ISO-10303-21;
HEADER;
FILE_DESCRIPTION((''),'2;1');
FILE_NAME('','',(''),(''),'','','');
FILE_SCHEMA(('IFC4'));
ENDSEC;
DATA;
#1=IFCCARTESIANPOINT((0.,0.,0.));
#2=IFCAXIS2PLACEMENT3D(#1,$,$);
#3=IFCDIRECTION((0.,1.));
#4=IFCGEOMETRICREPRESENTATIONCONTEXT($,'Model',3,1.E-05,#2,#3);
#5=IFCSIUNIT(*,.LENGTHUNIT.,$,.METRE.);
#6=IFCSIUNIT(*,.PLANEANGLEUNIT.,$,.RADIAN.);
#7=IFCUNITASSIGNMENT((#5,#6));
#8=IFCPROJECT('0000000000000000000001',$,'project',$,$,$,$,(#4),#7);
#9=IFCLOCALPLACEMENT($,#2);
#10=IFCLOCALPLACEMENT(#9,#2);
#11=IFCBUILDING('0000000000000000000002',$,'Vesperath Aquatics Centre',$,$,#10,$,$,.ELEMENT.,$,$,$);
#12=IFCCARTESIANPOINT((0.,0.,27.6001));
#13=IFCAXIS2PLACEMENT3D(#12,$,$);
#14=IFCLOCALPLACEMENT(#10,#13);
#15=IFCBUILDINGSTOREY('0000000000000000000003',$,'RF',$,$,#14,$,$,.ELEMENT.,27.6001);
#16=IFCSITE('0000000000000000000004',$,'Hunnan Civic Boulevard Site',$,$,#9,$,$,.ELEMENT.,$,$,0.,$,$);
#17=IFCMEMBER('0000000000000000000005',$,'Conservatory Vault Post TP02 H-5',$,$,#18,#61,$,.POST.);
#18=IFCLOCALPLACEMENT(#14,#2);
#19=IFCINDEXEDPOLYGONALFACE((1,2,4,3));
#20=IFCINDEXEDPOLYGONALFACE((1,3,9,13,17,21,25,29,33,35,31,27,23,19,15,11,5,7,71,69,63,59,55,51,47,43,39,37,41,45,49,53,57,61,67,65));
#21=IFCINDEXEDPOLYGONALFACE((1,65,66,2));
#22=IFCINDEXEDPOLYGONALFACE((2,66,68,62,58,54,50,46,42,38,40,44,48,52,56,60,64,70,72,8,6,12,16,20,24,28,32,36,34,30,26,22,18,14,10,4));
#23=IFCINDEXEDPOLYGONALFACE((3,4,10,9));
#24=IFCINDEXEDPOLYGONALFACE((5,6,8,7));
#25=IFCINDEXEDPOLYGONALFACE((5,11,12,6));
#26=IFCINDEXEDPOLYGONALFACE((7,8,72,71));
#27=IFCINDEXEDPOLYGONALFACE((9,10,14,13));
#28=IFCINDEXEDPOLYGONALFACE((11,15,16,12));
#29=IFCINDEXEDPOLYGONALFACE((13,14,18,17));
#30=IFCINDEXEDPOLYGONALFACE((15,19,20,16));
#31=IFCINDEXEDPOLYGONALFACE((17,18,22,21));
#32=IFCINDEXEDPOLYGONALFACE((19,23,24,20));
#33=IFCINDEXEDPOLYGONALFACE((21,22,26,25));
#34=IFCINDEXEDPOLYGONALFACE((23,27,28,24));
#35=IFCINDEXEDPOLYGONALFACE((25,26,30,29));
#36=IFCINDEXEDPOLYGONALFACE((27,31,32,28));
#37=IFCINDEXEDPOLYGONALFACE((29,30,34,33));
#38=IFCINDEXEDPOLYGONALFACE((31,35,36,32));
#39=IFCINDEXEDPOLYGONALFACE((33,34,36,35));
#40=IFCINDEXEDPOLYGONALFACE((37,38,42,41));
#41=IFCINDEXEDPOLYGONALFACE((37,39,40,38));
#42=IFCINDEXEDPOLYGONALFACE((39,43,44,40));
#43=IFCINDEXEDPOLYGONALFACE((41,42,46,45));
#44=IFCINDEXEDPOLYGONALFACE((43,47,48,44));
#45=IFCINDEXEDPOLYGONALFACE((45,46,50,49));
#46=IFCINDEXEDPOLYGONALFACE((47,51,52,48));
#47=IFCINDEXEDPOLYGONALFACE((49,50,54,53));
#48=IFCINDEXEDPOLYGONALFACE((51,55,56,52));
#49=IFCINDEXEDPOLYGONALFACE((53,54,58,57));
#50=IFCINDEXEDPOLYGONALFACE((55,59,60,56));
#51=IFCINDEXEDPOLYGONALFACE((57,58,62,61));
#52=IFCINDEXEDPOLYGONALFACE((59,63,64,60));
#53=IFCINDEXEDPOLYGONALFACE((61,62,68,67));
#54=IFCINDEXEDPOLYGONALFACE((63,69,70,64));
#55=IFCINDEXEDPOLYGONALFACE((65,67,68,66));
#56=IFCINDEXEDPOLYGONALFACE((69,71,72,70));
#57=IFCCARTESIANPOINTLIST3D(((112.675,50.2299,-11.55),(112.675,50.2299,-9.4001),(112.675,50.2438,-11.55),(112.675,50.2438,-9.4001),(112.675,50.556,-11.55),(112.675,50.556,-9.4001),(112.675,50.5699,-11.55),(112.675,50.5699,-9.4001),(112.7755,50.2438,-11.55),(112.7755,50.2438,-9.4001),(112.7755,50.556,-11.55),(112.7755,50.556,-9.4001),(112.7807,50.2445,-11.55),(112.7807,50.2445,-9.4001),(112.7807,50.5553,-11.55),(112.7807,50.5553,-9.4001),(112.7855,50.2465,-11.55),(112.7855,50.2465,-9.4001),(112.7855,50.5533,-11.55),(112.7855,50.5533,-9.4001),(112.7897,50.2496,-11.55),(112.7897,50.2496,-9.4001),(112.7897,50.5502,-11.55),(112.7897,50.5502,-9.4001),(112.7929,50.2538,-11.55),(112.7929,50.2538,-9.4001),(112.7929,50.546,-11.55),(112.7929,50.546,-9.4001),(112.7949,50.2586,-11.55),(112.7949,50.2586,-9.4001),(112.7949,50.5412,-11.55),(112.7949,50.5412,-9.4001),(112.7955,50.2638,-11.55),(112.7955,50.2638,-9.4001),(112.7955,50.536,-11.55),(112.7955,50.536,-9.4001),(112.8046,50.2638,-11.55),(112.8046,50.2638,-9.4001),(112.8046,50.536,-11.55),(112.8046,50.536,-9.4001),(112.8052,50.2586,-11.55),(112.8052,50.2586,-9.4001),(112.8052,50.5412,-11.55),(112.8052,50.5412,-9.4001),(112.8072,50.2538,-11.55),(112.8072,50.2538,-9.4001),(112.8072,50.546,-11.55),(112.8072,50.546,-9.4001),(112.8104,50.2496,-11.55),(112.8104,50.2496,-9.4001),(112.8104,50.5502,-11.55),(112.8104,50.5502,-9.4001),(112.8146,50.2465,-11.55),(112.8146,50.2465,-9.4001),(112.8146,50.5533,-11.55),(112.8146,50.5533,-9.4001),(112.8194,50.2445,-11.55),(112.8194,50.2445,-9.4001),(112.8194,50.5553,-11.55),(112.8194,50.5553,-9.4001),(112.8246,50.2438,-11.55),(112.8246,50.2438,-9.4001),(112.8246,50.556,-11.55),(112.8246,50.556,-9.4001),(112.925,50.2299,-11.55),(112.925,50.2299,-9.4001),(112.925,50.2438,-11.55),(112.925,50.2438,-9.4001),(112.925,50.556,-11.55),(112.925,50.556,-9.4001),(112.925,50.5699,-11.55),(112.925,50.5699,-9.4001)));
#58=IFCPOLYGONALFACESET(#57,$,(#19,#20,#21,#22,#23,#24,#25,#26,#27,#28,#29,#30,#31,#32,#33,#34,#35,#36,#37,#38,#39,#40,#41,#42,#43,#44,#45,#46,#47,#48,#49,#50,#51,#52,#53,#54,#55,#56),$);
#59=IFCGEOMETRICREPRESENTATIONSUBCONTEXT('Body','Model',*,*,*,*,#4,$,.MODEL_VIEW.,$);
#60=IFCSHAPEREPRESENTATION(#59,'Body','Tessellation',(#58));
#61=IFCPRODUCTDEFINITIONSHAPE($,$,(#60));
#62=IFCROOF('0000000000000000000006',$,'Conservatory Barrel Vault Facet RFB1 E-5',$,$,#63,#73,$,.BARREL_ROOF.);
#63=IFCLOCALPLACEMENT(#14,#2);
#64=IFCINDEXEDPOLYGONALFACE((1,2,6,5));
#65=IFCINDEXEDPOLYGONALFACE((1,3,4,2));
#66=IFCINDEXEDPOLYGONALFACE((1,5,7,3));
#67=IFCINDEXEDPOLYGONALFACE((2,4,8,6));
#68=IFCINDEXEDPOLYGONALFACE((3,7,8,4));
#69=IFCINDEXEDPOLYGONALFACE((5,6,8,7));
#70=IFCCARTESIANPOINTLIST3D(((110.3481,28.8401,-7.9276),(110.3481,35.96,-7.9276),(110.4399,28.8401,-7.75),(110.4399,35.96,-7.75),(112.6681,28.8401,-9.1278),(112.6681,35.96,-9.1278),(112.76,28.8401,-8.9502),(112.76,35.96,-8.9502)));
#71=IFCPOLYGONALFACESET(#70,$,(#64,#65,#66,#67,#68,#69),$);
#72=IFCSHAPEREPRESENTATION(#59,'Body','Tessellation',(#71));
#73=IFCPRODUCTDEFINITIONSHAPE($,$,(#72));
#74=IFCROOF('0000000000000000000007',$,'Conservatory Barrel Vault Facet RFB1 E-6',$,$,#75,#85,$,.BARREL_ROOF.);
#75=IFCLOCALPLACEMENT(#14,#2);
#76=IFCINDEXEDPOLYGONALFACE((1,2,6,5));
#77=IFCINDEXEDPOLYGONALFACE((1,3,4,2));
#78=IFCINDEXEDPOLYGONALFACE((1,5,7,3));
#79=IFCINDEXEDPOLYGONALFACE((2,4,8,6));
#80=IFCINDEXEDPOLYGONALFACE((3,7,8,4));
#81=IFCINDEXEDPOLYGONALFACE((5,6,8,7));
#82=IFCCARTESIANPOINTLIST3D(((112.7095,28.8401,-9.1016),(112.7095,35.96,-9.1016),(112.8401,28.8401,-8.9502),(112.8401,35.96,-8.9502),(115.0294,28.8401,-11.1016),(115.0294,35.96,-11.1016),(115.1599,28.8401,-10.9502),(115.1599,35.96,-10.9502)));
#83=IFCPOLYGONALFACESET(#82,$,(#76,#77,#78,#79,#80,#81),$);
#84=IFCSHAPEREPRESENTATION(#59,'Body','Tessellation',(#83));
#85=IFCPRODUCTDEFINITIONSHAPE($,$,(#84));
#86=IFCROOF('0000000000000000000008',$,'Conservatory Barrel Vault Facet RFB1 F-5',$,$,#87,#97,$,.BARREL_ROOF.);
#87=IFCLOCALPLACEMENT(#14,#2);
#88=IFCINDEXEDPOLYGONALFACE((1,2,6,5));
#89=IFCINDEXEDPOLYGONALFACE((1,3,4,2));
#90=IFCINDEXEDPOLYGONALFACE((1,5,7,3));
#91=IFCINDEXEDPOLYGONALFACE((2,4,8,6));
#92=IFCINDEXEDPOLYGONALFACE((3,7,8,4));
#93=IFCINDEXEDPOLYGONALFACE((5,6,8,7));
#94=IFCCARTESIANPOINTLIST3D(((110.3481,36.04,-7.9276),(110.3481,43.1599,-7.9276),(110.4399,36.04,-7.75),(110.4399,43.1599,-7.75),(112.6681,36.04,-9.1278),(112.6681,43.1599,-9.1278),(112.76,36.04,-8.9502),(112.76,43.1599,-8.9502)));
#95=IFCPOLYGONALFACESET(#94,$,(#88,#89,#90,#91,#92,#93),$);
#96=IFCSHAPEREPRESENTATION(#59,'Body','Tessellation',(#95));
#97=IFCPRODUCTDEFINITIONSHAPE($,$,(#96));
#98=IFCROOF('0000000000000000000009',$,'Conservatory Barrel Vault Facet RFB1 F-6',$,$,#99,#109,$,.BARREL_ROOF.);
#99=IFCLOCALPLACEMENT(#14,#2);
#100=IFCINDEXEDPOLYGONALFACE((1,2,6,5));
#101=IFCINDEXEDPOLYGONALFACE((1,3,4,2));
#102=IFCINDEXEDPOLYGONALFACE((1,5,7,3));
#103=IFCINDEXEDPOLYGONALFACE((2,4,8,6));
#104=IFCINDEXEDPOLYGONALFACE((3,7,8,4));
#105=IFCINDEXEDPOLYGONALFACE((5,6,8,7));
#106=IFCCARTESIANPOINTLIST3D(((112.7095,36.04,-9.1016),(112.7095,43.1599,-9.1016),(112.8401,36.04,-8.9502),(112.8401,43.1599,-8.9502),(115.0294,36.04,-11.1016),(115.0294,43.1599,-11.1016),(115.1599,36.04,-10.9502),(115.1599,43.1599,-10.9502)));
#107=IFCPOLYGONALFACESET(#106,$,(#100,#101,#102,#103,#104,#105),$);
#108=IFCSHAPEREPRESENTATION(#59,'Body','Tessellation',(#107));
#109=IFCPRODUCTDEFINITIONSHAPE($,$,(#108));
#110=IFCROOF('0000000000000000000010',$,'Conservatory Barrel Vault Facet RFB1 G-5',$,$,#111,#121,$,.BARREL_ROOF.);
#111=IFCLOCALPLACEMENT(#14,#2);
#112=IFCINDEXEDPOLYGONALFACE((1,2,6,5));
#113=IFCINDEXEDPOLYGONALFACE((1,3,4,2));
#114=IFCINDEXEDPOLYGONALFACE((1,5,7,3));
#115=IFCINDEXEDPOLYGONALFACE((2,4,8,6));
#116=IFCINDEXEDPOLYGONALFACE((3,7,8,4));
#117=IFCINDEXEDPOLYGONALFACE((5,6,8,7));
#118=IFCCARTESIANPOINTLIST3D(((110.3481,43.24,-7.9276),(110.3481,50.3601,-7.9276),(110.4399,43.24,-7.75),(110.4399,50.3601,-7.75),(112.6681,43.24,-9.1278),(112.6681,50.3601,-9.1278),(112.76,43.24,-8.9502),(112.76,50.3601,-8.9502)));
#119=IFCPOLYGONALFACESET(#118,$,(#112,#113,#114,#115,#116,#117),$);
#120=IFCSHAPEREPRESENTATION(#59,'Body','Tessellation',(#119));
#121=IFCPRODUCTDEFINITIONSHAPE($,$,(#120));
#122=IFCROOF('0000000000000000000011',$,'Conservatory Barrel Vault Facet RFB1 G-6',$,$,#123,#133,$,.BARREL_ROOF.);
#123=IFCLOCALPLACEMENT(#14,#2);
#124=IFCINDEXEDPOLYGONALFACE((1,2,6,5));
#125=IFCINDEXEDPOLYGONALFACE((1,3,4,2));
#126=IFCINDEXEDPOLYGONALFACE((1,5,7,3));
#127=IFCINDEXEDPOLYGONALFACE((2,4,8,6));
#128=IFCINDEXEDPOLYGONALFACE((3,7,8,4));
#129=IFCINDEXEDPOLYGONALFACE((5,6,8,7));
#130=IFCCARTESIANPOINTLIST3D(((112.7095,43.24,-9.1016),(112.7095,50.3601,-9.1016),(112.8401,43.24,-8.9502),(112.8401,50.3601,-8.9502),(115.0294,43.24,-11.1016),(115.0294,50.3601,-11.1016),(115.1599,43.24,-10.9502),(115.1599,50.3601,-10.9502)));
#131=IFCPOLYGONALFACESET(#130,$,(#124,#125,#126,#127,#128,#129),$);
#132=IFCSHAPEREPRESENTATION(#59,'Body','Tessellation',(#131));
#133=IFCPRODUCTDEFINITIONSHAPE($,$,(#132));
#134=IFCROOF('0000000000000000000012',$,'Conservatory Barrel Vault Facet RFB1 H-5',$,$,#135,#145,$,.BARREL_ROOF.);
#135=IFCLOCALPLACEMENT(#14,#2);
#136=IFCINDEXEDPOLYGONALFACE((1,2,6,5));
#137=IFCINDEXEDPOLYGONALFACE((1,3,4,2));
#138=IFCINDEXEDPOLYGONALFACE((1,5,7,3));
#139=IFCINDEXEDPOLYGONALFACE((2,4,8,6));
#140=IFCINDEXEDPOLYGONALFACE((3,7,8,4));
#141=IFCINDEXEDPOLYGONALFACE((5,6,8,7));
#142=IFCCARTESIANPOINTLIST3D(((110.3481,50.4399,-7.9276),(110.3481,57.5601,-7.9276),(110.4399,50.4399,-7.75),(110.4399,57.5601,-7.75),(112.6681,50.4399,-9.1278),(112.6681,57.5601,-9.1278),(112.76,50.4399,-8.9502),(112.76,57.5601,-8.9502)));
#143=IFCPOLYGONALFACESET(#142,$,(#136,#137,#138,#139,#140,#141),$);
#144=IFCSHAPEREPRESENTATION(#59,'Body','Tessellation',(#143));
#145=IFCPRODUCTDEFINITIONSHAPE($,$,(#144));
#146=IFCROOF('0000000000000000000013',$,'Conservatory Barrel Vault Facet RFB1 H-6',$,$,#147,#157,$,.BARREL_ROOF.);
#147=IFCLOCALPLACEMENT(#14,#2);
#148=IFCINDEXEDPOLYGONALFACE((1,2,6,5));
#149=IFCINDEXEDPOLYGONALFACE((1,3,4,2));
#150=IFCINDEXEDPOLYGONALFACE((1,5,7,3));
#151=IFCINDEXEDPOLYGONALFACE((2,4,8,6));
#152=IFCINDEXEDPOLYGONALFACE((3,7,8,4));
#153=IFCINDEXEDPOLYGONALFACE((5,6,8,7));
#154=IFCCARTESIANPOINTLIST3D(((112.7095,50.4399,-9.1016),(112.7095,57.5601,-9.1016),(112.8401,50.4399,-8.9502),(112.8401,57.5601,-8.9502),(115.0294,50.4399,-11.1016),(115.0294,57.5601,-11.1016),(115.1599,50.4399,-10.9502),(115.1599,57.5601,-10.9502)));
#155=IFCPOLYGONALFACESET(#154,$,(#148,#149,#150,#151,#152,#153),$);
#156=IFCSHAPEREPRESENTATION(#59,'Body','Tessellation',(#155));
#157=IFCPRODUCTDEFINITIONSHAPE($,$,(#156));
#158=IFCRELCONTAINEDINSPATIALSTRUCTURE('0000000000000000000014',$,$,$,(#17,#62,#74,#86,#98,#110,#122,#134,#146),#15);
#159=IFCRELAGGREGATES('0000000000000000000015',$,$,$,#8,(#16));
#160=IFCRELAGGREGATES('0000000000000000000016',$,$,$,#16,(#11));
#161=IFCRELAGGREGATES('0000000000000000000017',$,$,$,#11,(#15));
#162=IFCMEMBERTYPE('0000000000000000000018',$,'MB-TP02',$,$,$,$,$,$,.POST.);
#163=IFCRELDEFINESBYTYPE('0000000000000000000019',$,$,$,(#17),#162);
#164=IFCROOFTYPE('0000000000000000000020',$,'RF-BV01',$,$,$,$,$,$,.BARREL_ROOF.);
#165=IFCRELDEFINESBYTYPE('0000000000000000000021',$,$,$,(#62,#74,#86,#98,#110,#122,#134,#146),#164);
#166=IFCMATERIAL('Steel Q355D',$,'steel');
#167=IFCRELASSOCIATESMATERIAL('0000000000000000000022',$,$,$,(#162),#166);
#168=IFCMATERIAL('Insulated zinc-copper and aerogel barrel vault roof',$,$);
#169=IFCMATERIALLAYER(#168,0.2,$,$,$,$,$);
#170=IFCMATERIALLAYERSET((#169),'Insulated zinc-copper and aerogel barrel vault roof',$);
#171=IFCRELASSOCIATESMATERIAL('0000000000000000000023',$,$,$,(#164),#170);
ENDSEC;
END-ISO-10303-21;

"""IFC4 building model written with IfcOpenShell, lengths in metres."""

from ifc_helpers import new_model, si_unit, direction, frame, origin, origin_2d, place, context, subcontext, project, spatial, polyline, i_section, outline, extrude, material, layer, layer_set, material_profile, profile_set, type_object, element, save


model = new_model("IFC4")

# Units and contexts
model_context = context("Model", 3, precision=1e-05, world=origin(), true_north=direction((0.0, 1.0)))
body_context = subcontext(model_context, "Body", "Model", "MODEL_VIEW")
ifc_project = project(units=[si_unit("LENGTHUNIT", "METRE"), si_unit("PLANEANGLEUNIT", "RADIAN")], contexts=[model_context])

# Site, building, storey
site_placement = place(None, origin())
site = spatial("IfcSite", under=ifc_project, at=site_placement, Name="Hunnan Civic Boulevard Site", CompositionType="ELEMENT", RefElevation=0.0)
building_placement = place(site_placement, origin())
building = spatial("IfcBuilding", under=site, at=building_placement, Name="Vesperath Aquatics Centre", CompositionType="ELEMENT")
storey_placement = place(building_placement, frame((0.0, 0.0, 27.6001)))
storey = spatial("IfcBuildingStorey", under=building, at=storey_placement, Name="RF", CompositionType="ELEMENT", Elevation=27.6001)

# Member
ifc_material_1 = material(Name="Steel Q355D", Category="steel")
ifc_material_profile_1 = material_profile(ifc_material_1, i_section(OverallWidth=0.25, OverallDepth=0.3401, WebThickness=0.009, FlangeThickness=0.0139, FilletRadius=0.02, at=origin_2d()), Name="HM 340x250x9x14")
ifc_profile_set_1 = profile_set([ifc_material_profile_1], Name="Steel Q355D")
member_type_1 = type_object("IfcMemberType", Name="MB-TP02", PredefinedType="POST", material=ifc_profile_set_1)
for number, where, z_axis, x_axis, name in (
    (1, (112.8, 50.3999, -11.55), (0.0, 0.0, 1.0), (1.0, 0.0, 0.0), "Conservatory Vault Post TP02 H-5"),
):
    element("IfcMember", number, at=place(storey_placement, frame(where, z_axis=z_axis, x_axis=x_axis)), inside=storey, type_object=member_type_1, Name=name, PredefinedType="POST", context=body_context, shape_type="SweptSolid", body=[
        extrude(i_section(OverallWidth=0.25, OverallDepth=0.3401, WebThickness=0.009, FlangeThickness=0.0139, FilletRadius=0.02, at=origin_2d()), origin(), (0.0, 0.0, 1.0), 2.1499),
    ])

# Roofs
ifc_material_2 = material(Name="Insulated zinc-copper and aerogel barrel vault roof")
ifc_layer = layer(ifc_material_2, 0.2)
ifc_layer_set = layer_set([ifc_layer], Name="Insulated zinc-copper and aerogel barrel vault roof")
roof_type = type_object("IfcRoofType", Name="RF-BV01", PredefinedType="BARREL_ROOF", material=ifc_layer_set)
roof_1_placement = place(storey_placement, frame((110.4399, 28.8401, -7.75), z_axis=(0.459471, 0.0, 0.888193), x_axis=(0.888193, 0.0, -0.459471)))
element("IfcRoof", 2, at=roof_1_placement, inside=storey, type_object=roof_type, Name="Conservatory Barrel Vault Facet RFB1 E-5", PredefinedType="BARREL_ROOF", context=body_context, shape_type="SweptSolid", body=[
    extrude(outline(polyline([(0.0, 0.0), (2.6121, 0.0), (2.6121, 7.1199), (0.0, 7.1199), (0.0, 0.0)])), origin(), (0.0, 0.0, -1.0), 0.2),
])
roof_2_placement = place(storey_placement, frame((112.8401, 28.8401, -8.9502), z_axis=(0.652968, 0.0, 0.757385), x_axis=(0.757385, 0.0, -0.652968)))
element("IfcRoof", 3, at=roof_2_placement, inside=storey, type_object=roof_type, Name="Conservatory Barrel Vault Facet RFB1 E-6", PredefinedType="BARREL_ROOF", context=body_context, shape_type="SweptSolid", body=[
    extrude(outline(polyline([(0.0, 0.0), (3.0629, 0.0), (3.0629, 7.1199), (0.0, 7.1199), (0.0, 0.0)])), origin(), (0.0, 0.0, -1.0), 0.2),
])
roof_3_placement = place(storey_placement, frame((110.4399, 36.04, -7.75), z_axis=(0.459471, 0.0, 0.888193), x_axis=(0.888193, 0.0, -0.459471)))
element("IfcRoof", 4, at=roof_3_placement, inside=storey, type_object=roof_type, Name="Conservatory Barrel Vault Facet RFB1 F-5", PredefinedType="BARREL_ROOF", context=body_context, shape_type="SweptSolid", body=[
    extrude(outline(polyline([(0.0, 0.0), (2.6121, 0.0), (2.6121, 7.1199), (0.0, 7.1199), (0.0, 0.0)])), origin(), (0.0, 0.0, -1.0), 0.2),
])
roof_4_placement = place(storey_placement, frame((112.8401, 36.04, -8.9502), z_axis=(0.652968, 0.0, 0.757385), x_axis=(0.757385, 0.0, -0.652968)))
element("IfcRoof", 5, at=roof_4_placement, inside=storey, type_object=roof_type, Name="Conservatory Barrel Vault Facet RFB1 F-6", PredefinedType="BARREL_ROOF", context=body_context, shape_type="SweptSolid", body=[
    extrude(outline(polyline([(0.0, 0.0), (3.0629, 0.0), (3.0629, 7.1199), (0.0, 7.1199), (0.0, 0.0)])), origin(), (0.0, 0.0, -1.0), 0.2),
])
roof_5_placement = place(storey_placement, frame((110.4399, 43.24, -7.75), z_axis=(0.459471, 0.0, 0.888193), x_axis=(0.888193, 0.0, -0.459471)))
element("IfcRoof", 6, at=roof_5_placement, inside=storey, type_object=roof_type, Name="Conservatory Barrel Vault Facet RFB1 G-5", PredefinedType="BARREL_ROOF", context=body_context, shape_type="SweptSolid", body=[
    extrude(outline(polyline([(0.0, 0.0), (2.6121, 0.0), (2.6121, 7.1201), (0.0, 7.1201), (0.0, 0.0)])), origin(), (0.0, 0.0, -1.0), 0.2),
])
roof_6_placement = place(storey_placement, frame((112.8401, 43.24, -8.9502), z_axis=(0.652968, 0.0, 0.757385), x_axis=(0.757385, 0.0, -0.652968)))
element("IfcRoof", 7, at=roof_6_placement, inside=storey, type_object=roof_type, Name="Conservatory Barrel Vault Facet RFB1 G-6", PredefinedType="BARREL_ROOF", context=body_context, shape_type="SweptSolid", body=[
    extrude(outline(polyline([(0.0, 0.0), (3.0629, 0.0), (3.0629, 7.1201), (0.0, 7.1201), (0.0, 0.0)])), origin(), (0.0, 0.0, -1.0), 0.2),
])
roof_7_placement = place(storey_placement, frame((110.4399, 50.4399, -7.75), z_axis=(0.459471, 0.0, 0.888193), x_axis=(0.888193, 0.0, -0.459471)))
element("IfcRoof", 8, at=roof_7_placement, inside=storey, type_object=roof_type, Name="Conservatory Barrel Vault Facet RFB1 H-5", PredefinedType="BARREL_ROOF", context=body_context, shape_type="SweptSolid", body=[
    extrude(outline(polyline([(0.0, 0.0), (2.6121, 0.0), (2.6121, 7.1201), (0.0, 7.1201), (0.0, 0.0)])), origin(), (0.0, 0.0, -1.0), 0.2),
])
roof_8_placement = place(storey_placement, frame((112.8401, 50.4399, -8.9502), z_axis=(0.652968, 0.0, 0.757385), x_axis=(0.757385, 0.0, -0.652968)))
element("IfcRoof", 9, at=roof_8_placement, inside=storey, type_object=roof_type, Name="Conservatory Barrel Vault Facet RFB1 H-6", PredefinedType="BARREL_ROOF", context=body_context, shape_type="SweptSolid", body=[
    extrude(outline(polyline([(0.0, 0.0), (3.0629, 0.0), (3.0629, 7.1201), (0.0, 7.1201), (0.0, 0.0)])), origin(), (0.0, 0.0, -1.0), 0.2),
])

save(model, "model.ifc")
